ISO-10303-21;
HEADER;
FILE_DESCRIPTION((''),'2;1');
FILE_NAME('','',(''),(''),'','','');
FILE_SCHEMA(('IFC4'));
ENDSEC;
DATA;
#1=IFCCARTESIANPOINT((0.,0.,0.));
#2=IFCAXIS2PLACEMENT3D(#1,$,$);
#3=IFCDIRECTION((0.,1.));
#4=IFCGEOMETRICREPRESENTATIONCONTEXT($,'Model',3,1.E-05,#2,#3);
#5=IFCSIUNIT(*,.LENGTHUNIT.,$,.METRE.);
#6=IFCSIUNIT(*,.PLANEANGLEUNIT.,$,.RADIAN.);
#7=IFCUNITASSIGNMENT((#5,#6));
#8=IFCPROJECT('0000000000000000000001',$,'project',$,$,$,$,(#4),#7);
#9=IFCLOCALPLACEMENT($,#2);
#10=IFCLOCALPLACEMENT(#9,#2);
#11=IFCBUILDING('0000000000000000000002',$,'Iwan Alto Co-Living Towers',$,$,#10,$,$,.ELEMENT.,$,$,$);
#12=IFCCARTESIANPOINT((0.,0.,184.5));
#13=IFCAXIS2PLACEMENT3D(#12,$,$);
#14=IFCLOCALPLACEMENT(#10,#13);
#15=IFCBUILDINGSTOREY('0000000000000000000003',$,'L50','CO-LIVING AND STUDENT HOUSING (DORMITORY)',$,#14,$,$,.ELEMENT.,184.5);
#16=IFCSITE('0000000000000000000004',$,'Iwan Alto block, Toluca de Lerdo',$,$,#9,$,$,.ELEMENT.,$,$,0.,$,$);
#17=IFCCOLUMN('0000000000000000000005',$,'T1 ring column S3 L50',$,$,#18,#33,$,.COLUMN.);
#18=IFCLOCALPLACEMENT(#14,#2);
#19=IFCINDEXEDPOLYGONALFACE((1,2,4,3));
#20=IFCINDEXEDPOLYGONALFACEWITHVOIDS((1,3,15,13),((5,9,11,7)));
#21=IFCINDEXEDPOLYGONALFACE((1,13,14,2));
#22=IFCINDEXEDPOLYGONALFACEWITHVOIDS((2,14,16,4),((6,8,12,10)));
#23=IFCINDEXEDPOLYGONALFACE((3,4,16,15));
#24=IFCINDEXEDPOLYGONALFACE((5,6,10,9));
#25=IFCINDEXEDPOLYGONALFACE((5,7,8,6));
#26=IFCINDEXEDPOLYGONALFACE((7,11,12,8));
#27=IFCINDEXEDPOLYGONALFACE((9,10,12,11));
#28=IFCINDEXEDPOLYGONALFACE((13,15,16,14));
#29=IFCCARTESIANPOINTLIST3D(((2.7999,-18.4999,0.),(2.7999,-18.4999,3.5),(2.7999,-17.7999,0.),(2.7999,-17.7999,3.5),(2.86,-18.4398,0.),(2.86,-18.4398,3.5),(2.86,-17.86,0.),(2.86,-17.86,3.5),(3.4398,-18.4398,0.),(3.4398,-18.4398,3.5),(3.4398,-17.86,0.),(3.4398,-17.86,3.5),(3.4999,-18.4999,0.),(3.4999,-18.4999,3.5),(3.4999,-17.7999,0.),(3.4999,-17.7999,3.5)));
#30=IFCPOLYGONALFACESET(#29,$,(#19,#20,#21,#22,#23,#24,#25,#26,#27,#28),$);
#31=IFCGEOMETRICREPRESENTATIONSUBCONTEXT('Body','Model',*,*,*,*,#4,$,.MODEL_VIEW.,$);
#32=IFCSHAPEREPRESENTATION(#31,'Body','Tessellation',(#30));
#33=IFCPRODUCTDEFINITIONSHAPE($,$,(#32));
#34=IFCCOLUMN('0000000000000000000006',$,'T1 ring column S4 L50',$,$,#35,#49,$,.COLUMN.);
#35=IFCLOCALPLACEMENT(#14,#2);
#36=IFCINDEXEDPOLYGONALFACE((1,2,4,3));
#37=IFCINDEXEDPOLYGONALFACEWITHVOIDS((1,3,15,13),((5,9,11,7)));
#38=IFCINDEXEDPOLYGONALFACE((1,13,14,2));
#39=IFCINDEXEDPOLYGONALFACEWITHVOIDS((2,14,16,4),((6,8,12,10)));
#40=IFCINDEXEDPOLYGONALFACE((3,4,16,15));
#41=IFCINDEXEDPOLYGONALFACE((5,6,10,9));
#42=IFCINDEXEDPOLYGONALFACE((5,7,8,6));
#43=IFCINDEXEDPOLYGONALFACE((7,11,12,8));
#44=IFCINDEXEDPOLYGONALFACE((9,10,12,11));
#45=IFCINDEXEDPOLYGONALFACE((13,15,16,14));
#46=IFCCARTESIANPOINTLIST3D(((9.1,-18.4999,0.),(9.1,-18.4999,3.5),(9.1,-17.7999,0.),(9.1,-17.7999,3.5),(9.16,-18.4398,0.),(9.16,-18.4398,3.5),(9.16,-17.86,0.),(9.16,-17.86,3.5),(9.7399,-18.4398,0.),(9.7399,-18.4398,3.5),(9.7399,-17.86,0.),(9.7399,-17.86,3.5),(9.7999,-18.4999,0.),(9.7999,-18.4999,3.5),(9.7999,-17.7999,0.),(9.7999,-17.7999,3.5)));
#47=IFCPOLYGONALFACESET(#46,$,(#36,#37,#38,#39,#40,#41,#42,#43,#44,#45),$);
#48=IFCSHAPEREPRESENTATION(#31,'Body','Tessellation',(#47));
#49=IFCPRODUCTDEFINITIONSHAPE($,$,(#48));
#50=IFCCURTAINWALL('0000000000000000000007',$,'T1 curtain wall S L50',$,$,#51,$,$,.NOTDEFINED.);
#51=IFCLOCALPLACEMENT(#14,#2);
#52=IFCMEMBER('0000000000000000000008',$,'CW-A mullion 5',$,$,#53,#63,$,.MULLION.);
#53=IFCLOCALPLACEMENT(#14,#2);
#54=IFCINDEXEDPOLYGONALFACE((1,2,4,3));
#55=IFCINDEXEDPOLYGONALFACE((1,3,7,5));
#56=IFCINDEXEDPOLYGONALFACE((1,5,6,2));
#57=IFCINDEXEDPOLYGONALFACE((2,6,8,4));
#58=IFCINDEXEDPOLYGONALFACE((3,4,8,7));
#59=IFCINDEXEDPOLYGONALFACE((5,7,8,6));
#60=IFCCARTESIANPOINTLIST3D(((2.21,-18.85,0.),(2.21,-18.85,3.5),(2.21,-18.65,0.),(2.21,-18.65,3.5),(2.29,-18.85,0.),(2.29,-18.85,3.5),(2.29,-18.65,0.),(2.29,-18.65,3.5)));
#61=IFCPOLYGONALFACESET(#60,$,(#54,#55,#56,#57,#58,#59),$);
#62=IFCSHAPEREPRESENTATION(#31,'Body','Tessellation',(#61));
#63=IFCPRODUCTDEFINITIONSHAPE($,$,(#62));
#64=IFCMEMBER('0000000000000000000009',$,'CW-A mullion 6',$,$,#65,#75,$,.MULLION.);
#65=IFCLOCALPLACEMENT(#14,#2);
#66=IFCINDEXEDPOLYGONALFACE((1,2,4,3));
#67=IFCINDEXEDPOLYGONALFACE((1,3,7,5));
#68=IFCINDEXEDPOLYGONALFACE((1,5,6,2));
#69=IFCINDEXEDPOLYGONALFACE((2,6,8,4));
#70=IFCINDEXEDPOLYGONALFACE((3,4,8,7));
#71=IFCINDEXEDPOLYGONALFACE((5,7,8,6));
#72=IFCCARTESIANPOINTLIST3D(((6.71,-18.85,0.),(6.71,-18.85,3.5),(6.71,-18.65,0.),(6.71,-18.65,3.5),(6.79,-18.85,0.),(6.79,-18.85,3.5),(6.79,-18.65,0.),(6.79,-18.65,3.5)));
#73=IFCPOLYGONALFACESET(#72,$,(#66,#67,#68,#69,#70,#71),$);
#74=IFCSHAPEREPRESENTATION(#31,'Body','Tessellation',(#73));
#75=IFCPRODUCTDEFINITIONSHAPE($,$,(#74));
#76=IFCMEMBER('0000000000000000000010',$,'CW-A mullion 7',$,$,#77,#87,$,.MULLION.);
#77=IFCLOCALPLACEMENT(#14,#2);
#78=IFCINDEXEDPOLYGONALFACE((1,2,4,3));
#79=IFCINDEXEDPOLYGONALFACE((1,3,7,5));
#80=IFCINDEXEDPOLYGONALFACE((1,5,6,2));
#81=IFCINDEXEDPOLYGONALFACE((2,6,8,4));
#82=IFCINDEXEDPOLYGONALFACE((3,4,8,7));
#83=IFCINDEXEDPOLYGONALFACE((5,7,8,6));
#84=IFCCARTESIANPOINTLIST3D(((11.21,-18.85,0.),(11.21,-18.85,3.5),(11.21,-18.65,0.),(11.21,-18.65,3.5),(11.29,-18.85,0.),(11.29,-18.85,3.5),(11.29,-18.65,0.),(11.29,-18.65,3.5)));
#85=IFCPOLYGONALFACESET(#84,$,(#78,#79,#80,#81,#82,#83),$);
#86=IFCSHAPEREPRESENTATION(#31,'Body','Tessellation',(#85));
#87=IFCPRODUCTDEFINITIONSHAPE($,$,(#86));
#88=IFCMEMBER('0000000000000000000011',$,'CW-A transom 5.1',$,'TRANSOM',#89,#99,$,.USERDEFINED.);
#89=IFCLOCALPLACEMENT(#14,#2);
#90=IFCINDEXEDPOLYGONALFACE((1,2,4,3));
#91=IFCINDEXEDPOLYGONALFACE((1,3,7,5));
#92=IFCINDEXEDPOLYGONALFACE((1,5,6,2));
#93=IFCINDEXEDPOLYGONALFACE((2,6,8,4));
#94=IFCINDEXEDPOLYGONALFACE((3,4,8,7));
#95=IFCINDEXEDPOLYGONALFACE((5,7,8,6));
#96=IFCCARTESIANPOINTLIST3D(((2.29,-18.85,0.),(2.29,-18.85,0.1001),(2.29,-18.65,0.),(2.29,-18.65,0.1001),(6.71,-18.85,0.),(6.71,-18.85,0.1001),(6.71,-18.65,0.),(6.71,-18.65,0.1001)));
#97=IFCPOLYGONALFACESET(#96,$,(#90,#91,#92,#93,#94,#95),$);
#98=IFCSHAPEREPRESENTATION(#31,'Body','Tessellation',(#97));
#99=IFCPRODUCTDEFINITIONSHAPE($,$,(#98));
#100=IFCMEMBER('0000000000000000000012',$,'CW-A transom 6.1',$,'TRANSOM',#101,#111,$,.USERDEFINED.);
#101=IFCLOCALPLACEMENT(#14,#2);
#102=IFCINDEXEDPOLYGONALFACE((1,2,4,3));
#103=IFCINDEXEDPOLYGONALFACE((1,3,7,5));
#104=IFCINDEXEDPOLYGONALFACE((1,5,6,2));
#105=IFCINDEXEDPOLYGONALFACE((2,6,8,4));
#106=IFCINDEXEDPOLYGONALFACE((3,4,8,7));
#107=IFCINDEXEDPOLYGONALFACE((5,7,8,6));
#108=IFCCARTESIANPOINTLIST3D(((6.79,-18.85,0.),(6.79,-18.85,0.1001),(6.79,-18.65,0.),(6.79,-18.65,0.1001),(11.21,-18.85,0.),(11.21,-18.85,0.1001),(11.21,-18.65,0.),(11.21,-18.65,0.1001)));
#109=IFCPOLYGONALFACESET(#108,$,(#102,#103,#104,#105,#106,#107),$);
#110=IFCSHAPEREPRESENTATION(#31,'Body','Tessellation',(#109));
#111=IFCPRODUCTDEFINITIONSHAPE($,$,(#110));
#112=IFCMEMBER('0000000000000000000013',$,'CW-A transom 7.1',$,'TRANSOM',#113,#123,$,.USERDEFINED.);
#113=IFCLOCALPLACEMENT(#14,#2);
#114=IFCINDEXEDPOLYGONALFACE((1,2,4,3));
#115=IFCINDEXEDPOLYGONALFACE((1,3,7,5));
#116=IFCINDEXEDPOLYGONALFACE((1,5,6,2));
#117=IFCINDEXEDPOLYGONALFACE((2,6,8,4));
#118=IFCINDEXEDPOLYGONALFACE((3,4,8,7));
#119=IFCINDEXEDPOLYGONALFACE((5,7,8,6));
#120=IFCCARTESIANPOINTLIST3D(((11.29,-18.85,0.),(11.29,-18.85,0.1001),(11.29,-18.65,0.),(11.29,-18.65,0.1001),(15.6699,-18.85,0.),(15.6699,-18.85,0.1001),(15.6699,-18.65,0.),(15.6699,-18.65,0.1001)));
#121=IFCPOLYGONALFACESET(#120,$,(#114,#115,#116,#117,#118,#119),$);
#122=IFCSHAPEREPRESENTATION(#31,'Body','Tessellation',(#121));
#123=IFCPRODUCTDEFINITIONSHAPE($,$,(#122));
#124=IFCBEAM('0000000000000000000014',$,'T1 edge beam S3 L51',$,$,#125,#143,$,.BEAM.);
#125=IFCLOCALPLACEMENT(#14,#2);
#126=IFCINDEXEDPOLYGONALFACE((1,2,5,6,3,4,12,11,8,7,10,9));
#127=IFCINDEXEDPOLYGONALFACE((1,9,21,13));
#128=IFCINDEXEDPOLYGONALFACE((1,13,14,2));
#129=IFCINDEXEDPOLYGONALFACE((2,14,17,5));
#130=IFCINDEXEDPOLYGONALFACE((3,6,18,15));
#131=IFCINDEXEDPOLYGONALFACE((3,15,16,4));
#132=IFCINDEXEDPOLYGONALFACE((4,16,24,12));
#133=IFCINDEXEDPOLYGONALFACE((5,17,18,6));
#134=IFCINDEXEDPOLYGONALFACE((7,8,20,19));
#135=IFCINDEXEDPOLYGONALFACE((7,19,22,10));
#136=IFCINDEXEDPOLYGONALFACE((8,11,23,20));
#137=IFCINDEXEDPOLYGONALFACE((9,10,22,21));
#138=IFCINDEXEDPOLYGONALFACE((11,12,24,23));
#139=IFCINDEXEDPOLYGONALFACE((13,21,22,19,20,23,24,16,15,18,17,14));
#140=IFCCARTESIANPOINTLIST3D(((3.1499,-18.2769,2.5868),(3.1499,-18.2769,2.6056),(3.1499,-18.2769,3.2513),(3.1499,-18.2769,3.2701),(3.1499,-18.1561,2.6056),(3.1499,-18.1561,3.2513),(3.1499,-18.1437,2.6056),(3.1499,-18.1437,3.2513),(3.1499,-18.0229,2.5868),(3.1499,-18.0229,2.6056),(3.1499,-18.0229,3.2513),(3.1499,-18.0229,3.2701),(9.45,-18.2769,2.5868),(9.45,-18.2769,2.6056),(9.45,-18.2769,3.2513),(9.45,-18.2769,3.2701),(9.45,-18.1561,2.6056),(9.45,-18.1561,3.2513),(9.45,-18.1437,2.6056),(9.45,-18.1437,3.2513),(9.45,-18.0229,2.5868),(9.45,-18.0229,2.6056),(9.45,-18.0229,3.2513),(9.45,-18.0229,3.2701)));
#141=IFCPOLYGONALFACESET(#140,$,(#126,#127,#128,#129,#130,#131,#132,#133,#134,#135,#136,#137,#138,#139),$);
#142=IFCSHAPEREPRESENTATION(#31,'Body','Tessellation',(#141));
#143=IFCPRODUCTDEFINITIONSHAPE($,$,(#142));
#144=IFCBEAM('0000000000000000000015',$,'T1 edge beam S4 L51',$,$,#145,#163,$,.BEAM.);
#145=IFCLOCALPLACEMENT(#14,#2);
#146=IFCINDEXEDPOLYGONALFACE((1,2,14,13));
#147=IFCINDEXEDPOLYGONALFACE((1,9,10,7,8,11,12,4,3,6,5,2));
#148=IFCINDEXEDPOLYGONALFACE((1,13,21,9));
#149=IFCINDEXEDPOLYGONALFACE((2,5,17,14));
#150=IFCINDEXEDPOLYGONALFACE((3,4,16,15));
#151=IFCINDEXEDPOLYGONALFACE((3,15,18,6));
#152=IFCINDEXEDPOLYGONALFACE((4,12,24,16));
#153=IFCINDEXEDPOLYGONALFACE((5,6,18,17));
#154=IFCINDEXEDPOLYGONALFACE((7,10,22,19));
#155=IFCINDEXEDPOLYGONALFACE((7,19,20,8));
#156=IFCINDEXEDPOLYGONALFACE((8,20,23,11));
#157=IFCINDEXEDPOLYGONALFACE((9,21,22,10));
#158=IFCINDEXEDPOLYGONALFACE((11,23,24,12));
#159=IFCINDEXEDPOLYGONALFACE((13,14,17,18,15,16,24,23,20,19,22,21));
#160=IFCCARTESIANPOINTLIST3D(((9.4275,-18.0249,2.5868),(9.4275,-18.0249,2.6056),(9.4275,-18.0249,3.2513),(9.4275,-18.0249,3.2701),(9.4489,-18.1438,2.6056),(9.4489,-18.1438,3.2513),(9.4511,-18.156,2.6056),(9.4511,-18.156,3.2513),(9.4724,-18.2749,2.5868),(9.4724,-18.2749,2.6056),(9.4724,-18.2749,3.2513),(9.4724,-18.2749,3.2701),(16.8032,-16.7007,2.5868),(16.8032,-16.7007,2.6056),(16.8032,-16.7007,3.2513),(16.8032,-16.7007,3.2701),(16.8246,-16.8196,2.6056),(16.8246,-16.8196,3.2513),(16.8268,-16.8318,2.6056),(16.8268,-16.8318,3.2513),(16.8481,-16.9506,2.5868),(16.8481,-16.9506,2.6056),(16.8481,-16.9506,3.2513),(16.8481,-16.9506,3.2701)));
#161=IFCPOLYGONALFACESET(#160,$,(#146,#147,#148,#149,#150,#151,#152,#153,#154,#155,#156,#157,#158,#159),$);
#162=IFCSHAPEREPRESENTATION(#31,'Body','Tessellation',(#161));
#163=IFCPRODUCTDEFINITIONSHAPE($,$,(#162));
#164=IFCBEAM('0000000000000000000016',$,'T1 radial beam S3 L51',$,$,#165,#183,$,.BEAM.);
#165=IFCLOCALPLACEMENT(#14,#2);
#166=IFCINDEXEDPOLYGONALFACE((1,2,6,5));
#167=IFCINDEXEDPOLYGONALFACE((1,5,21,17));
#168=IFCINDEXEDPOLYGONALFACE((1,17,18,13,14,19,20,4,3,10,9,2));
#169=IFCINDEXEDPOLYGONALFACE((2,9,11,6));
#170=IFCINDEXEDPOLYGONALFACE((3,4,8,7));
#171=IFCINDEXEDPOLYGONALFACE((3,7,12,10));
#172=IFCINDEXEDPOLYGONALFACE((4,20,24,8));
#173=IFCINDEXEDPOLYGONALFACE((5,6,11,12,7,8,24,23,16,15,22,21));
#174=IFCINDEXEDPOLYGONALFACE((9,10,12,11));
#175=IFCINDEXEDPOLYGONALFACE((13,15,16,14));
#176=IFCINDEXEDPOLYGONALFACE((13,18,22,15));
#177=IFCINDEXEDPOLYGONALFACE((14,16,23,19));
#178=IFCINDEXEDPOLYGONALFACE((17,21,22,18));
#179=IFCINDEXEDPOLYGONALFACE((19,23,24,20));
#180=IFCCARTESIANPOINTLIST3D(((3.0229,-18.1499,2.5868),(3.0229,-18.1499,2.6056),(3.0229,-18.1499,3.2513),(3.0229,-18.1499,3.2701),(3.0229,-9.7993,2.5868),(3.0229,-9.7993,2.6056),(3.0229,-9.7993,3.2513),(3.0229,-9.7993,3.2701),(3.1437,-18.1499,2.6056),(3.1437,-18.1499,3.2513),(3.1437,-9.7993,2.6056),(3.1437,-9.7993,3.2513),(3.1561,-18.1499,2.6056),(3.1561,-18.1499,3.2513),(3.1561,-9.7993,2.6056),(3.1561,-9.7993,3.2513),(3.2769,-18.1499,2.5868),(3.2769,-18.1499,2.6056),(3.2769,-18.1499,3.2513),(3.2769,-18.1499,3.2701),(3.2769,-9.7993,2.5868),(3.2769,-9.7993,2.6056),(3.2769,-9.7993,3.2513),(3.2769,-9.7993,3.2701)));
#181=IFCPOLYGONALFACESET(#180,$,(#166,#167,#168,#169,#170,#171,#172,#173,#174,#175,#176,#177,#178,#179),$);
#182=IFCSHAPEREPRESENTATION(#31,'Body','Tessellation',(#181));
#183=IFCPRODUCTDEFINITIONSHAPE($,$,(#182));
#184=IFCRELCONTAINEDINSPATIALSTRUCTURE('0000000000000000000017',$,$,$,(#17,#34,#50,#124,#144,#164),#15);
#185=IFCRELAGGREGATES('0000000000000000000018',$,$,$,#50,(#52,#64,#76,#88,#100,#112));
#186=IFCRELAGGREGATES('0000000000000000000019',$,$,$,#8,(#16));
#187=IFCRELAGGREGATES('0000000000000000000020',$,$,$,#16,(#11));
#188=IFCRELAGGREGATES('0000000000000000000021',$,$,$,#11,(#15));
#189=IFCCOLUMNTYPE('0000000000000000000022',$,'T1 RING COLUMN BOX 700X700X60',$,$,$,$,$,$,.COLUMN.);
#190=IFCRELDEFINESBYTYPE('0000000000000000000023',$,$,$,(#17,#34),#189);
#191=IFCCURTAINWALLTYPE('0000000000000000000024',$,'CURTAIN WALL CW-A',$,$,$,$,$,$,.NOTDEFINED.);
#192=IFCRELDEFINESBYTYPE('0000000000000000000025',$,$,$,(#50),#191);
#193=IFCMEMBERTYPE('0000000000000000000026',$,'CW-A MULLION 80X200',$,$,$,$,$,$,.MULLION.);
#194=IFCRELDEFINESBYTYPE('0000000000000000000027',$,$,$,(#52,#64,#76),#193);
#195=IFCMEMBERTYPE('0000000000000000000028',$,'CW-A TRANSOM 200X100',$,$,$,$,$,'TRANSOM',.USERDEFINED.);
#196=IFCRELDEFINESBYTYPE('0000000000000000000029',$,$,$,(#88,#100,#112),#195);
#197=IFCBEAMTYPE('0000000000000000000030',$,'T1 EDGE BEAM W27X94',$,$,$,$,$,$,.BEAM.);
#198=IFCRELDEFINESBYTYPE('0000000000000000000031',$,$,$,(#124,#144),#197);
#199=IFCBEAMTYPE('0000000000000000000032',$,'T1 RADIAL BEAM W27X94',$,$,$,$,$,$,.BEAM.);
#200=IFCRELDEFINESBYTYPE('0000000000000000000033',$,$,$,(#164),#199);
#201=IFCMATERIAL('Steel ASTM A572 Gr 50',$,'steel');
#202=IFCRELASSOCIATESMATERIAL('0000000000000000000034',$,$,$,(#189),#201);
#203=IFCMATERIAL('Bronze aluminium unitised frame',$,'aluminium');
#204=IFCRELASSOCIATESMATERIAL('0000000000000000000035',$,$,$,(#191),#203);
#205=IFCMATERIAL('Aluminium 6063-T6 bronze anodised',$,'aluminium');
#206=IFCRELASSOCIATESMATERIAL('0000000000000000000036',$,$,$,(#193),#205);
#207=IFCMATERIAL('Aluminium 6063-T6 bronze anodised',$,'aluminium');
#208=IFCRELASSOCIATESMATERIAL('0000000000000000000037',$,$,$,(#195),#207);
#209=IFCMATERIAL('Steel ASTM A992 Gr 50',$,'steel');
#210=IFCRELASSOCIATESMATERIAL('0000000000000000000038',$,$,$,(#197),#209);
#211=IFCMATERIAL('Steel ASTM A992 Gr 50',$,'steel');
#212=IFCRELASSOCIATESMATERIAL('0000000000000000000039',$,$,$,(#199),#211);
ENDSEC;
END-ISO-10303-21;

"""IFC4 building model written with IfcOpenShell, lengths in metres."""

from ifc_helpers import new_model, si_unit, direction, frame, origin, origin_2d, place, context, subcontext, project, spatial, rectangle, hollow_rectangle, i_section, extrude, material, material_profile, profile_set, type_object, element, aggregate, save


model = new_model("IFC4")

# Units and contexts
model_context = context("Model", 3, precision=1e-05, world=origin(), true_north=direction((0.0, 1.0)))
body_context = subcontext(model_context, "Body", "Model", "MODEL_VIEW")
ifc_project = project(units=[si_unit("LENGTHUNIT", "METRE"), si_unit("PLANEANGLEUNIT", "RADIAN")], contexts=[model_context])

# Site, building, storey
site_placement = place(None, origin())
site = spatial("IfcSite", under=ifc_project, at=site_placement, Name="Iwan Alto block, Toluca de Lerdo", CompositionType="ELEMENT", RefElevation=0.0)
building_placement = place(site_placement, origin())
building = spatial("IfcBuilding", under=site, at=building_placement, Name="Iwan Alto Co-Living Towers", CompositionType="ELEMENT")
storey_placement = place(building_placement, frame((0.0, 0.0, 184.5)))
storey = spatial("IfcBuildingStorey", under=building, at=storey_placement, Name="L50", Description="CO-LIVING AND STUDENT HOUSING (DORMITORY)", CompositionType="ELEMENT", Elevation=184.5)

# Columns
ifc_material_1 = material(Name="Steel ASTM A572 Gr 50", Category="steel")
ifc_material_profile_1 = material_profile(ifc_material_1, hollow_rectangle(XDim=0.7, YDim=0.7, WallThickness=0.0601, at=origin_2d()), Name="BOX 700X700X60")
ifc_profile_set_1 = profile_set([ifc_material_profile_1], Name="Steel ASTM A572 Gr 50")
column_type = type_object("IfcColumnType", Name="T1 RING COLUMN BOX 700X700X60", PredefinedType="COLUMN", material=ifc_profile_set_1)
for number, where, z_axis, x_axis, name in (
    (1, (3.1499, -18.1499, 0.0), (0.0, 0.0, 1.0), (1.0, 0.0, 0.0), "T1 ring column S3 L50"),
    (2, (9.45, -18.1499, 0.0), (0.0, 0.0, 1.0), (1.0, 0.0, 0.0), "T1 ring column S4 L50"),
):
    element("IfcColumn", number, at=place(storey_placement, frame(where, z_axis=z_axis, x_axis=x_axis)), inside=storey, type_object=column_type, Name=name, PredefinedType="COLUMN", context=body_context, shape_type="SweptSolid", body=[
        extrude(hollow_rectangle(XDim=0.7, YDim=0.7, WallThickness=0.0601, at=origin_2d()), origin(), (0.0, 0.0, 1.0), 3.5),
    ])

# Curtain wall, members
ifc_material_2 = material(Name="Bronze aluminium unitised frame", Category="aluminium")
curtain_wall_type = type_object("IfcCurtainWallType", Name="CURTAIN WALL CW-A", PredefinedType="NOTDEFINED", material=ifc_material_2)
curtain_wall_placement = place(storey_placement, origin())
curtain_wall = element("IfcCurtainWall", 3, at=curtain_wall_placement, inside=storey, type_object=curtain_wall_type, Name="T1 curtain wall S L50", PredefinedType="NOTDEFINED")
ifc_material_3 = material(Name="Aluminium 6063-T6 bronze anodised", Category="aluminium")
ifc_material_profile_2 = material_profile(ifc_material_3, rectangle(XDim=0.2, YDim=0.0801, at=origin_2d()), Name="AL 80X200")
ifc_profile_set_2 = profile_set([ifc_material_profile_2], Name="Aluminium 6063-T6 bronze anodised")
member_type_1 = type_object("IfcMemberType", Name="CW-A MULLION 80X200", PredefinedType="MULLION", material=ifc_profile_set_2)
member_1_placement = place(storey_placement, frame((2.25, -18.75, 0.0), z_axis=(0.0, 0.0, 1.0), x_axis=(0.0, 1.0, 0.0)))
member_1 = element("IfcMember", 4, at=member_1_placement, type_object=member_type_1, Name="CW-A mullion 5", PredefinedType="MULLION", context=body_context, shape_type="SweptSolid", body=[
    extrude(rectangle(XDim=0.2, YDim=0.0801, at=origin_2d()), origin(), (0.0, 0.0, 1.0), 3.5),
])
member_2_placement = place(storey_placement, frame((6.75, -18.75, 0.0), z_axis=(0.0, 0.0, 1.0), x_axis=(0.0, 1.0, 0.0)))
member_2 = element("IfcMember", 5, at=member_2_placement, type_object=member_type_1, Name="CW-A mullion 6", PredefinedType="MULLION", context=body_context, shape_type="SweptSolid", body=[
    extrude(rectangle(XDim=0.2, YDim=0.0801, at=origin_2d()), origin(), (0.0, 0.0, 1.0), 3.5),
])
member_3_placement = place(storey_placement, frame((11.25, -18.75, 0.0), z_axis=(0.0, 0.0, 1.0), x_axis=(0.0, 1.0, 0.0)))
member_3 = element("IfcMember", 6, at=member_3_placement, type_object=member_type_1, Name="CW-A mullion 7", PredefinedType="MULLION", context=body_context, shape_type="SweptSolid", body=[
    extrude(rectangle(XDim=0.2, YDim=0.0801, at=origin_2d()), origin(), (0.0, 0.0, 1.0), 3.5),
])
ifc_material_4 = material(Name="Aluminium 6063-T6 bronze anodised", Category="aluminium")
ifc_material_profile_3 = material_profile(ifc_material_4, rectangle(XDim=0.2, YDim=0.1001, at=origin_2d()), Name="AL 200X100")
ifc_profile_set_3 = profile_set([ifc_material_profile_3], Name="Aluminium 6063-T6 bronze anodised")
member_type_2 = type_object("IfcMemberType", Name="CW-A TRANSOM 200X100", ElementType="TRANSOM", PredefinedType="USERDEFINED", material=ifc_profile_set_3)
member_4_placement = place(storey_placement, frame((2.29, -18.75, 0.05), z_axis=(1.0, 0.0, 0.0), x_axis=(0.0, 1.0, 0.0)))
member_4 = element("IfcMember", 7, at=member_4_placement, type_object=member_type_2, Name="CW-A transom 5.1", ObjectType="TRANSOM", PredefinedType="USERDEFINED", context=body_context, shape_type="SweptSolid", body=[
    extrude(rectangle(XDim=0.2, YDim=0.1001, at=origin_2d()), origin(), (0.0, 0.0, 1.0), 4.4199),
])
member_5_placement = place(storey_placement, frame((6.79, -18.75, 0.05), z_axis=(1.0, 0.0, 0.0), x_axis=(0.0, 1.0, 0.0)))
member_5 = element("IfcMember", 8, at=member_5_placement, type_object=member_type_2, Name="CW-A transom 6.1", ObjectType="TRANSOM", PredefinedType="USERDEFINED", context=body_context, shape_type="SweptSolid", body=[
    extrude(rectangle(XDim=0.2, YDim=0.1001, at=origin_2d()), origin(), (0.0, 0.0, 1.0), 4.4199),
])
member_6_placement = place(storey_placement, frame((11.29, -18.75, 0.05), z_axis=(1.0, 0.0, 0.0), x_axis=(0.0, 1.0, 0.0)))
member_6 = element("IfcMember", 9, at=member_6_placement, type_object=member_type_2, Name="CW-A transom 7.1", ObjectType="TRANSOM", PredefinedType="USERDEFINED", context=body_context, shape_type="SweptSolid", body=[
    extrude(rectangle(XDim=0.2, YDim=0.1001, at=origin_2d()), origin(), (0.0, 0.0, 1.0), 4.3799),
])

# Beams
ifc_material_5 = material(Name="Steel ASTM A992 Gr 50", Category="steel")
ifc_material_profile_4 = material_profile(ifc_material_5, i_section(OverallWidth=0.2539, OverallDepth=0.6833, WebThickness=0.0125, FlangeThickness=0.0188, at=origin_2d()), Name="W27X94")
ifc_profile_set_4 = profile_set([ifc_material_profile_4], Name="Steel ASTM A992 Gr 50")
beam_type_1 = type_object("IfcBeamType", Name="T1 EDGE BEAM W27X94", PredefinedType="BEAM", material=ifc_profile_set_4)
beam_1_placement = place(storey_placement, frame((3.1499, -18.1499, 2.9285), z_axis=(1.0, 0.0, 0.0), x_axis=(0.0, 1.0, 0.0)))
element("IfcBeam", 10, at=beam_1_placement, inside=storey, type_object=beam_type_1, Name="T1 edge beam S3 L51", PredefinedType="BEAM", context=body_context, shape_type="SweptSolid", body=[
    extrude(i_section(OverallWidth=0.2539, OverallDepth=0.6833, WebThickness=0.0125, FlangeThickness=0.0188, at=origin_2d()), origin(), (0.0, 0.0, 1.0), 6.3),
])
beam_2_placement = place(storey_placement, frame((9.45, -18.1499, 2.9285), z_axis=(0.984263, 0.176712, 0.0), x_axis=(-0.176712, 0.984263, 0.0)))
element("IfcBeam", 11, at=beam_2_placement, inside=storey, type_object=beam_type_1, Name="T1 edge beam S4 L51", PredefinedType="BEAM", context=body_context, shape_type="SweptSolid", body=[
    extrude(i_section(OverallWidth=0.2539, OverallDepth=0.6833, WebThickness=0.0125, FlangeThickness=0.0188, at=origin_2d()), origin(), (0.0, 0.0, 1.0), 7.4937),
])
ifc_material_6 = material(Name="Steel ASTM A992 Gr 50", Category="steel")
ifc_material_profile_5 = material_profile(ifc_material_6, i_section(OverallWidth=0.2539, OverallDepth=0.6833, WebThickness=0.0125, FlangeThickness=0.0188, at=origin_2d()), Name="W27X94")
ifc_profile_set_5 = profile_set([ifc_material_profile_5], Name="Steel ASTM A992 Gr 50")
beam_type_2 = type_object("IfcBeamType", Name="T1 RADIAL BEAM W27X94", PredefinedType="BEAM", material=ifc_profile_set_5)
beam_3_placement = place(storey_placement, frame((3.1499, -18.1499, 2.9285), z_axis=(0.0, 1.0, 0.0), x_axis=(-1.0, 0.0, 0.0)))
element("IfcBeam", 12, at=beam_3_placement, inside=storey, type_object=beam_type_2, Name="T1 radial beam S3 L51", PredefinedType="BEAM", context=body_context, shape_type="SweptSolid", body=[
    extrude(i_section(OverallWidth=0.2539, OverallDepth=0.6833, WebThickness=0.0125, FlangeThickness=0.0188, at=origin_2d()), origin(), (0.0, 0.0, 1.0), 8.3506),
])

aggregate(curtain_wall, [member_1, member_2, member_3, member_4, member_5, member_6])

save(model, "model.ifc")
